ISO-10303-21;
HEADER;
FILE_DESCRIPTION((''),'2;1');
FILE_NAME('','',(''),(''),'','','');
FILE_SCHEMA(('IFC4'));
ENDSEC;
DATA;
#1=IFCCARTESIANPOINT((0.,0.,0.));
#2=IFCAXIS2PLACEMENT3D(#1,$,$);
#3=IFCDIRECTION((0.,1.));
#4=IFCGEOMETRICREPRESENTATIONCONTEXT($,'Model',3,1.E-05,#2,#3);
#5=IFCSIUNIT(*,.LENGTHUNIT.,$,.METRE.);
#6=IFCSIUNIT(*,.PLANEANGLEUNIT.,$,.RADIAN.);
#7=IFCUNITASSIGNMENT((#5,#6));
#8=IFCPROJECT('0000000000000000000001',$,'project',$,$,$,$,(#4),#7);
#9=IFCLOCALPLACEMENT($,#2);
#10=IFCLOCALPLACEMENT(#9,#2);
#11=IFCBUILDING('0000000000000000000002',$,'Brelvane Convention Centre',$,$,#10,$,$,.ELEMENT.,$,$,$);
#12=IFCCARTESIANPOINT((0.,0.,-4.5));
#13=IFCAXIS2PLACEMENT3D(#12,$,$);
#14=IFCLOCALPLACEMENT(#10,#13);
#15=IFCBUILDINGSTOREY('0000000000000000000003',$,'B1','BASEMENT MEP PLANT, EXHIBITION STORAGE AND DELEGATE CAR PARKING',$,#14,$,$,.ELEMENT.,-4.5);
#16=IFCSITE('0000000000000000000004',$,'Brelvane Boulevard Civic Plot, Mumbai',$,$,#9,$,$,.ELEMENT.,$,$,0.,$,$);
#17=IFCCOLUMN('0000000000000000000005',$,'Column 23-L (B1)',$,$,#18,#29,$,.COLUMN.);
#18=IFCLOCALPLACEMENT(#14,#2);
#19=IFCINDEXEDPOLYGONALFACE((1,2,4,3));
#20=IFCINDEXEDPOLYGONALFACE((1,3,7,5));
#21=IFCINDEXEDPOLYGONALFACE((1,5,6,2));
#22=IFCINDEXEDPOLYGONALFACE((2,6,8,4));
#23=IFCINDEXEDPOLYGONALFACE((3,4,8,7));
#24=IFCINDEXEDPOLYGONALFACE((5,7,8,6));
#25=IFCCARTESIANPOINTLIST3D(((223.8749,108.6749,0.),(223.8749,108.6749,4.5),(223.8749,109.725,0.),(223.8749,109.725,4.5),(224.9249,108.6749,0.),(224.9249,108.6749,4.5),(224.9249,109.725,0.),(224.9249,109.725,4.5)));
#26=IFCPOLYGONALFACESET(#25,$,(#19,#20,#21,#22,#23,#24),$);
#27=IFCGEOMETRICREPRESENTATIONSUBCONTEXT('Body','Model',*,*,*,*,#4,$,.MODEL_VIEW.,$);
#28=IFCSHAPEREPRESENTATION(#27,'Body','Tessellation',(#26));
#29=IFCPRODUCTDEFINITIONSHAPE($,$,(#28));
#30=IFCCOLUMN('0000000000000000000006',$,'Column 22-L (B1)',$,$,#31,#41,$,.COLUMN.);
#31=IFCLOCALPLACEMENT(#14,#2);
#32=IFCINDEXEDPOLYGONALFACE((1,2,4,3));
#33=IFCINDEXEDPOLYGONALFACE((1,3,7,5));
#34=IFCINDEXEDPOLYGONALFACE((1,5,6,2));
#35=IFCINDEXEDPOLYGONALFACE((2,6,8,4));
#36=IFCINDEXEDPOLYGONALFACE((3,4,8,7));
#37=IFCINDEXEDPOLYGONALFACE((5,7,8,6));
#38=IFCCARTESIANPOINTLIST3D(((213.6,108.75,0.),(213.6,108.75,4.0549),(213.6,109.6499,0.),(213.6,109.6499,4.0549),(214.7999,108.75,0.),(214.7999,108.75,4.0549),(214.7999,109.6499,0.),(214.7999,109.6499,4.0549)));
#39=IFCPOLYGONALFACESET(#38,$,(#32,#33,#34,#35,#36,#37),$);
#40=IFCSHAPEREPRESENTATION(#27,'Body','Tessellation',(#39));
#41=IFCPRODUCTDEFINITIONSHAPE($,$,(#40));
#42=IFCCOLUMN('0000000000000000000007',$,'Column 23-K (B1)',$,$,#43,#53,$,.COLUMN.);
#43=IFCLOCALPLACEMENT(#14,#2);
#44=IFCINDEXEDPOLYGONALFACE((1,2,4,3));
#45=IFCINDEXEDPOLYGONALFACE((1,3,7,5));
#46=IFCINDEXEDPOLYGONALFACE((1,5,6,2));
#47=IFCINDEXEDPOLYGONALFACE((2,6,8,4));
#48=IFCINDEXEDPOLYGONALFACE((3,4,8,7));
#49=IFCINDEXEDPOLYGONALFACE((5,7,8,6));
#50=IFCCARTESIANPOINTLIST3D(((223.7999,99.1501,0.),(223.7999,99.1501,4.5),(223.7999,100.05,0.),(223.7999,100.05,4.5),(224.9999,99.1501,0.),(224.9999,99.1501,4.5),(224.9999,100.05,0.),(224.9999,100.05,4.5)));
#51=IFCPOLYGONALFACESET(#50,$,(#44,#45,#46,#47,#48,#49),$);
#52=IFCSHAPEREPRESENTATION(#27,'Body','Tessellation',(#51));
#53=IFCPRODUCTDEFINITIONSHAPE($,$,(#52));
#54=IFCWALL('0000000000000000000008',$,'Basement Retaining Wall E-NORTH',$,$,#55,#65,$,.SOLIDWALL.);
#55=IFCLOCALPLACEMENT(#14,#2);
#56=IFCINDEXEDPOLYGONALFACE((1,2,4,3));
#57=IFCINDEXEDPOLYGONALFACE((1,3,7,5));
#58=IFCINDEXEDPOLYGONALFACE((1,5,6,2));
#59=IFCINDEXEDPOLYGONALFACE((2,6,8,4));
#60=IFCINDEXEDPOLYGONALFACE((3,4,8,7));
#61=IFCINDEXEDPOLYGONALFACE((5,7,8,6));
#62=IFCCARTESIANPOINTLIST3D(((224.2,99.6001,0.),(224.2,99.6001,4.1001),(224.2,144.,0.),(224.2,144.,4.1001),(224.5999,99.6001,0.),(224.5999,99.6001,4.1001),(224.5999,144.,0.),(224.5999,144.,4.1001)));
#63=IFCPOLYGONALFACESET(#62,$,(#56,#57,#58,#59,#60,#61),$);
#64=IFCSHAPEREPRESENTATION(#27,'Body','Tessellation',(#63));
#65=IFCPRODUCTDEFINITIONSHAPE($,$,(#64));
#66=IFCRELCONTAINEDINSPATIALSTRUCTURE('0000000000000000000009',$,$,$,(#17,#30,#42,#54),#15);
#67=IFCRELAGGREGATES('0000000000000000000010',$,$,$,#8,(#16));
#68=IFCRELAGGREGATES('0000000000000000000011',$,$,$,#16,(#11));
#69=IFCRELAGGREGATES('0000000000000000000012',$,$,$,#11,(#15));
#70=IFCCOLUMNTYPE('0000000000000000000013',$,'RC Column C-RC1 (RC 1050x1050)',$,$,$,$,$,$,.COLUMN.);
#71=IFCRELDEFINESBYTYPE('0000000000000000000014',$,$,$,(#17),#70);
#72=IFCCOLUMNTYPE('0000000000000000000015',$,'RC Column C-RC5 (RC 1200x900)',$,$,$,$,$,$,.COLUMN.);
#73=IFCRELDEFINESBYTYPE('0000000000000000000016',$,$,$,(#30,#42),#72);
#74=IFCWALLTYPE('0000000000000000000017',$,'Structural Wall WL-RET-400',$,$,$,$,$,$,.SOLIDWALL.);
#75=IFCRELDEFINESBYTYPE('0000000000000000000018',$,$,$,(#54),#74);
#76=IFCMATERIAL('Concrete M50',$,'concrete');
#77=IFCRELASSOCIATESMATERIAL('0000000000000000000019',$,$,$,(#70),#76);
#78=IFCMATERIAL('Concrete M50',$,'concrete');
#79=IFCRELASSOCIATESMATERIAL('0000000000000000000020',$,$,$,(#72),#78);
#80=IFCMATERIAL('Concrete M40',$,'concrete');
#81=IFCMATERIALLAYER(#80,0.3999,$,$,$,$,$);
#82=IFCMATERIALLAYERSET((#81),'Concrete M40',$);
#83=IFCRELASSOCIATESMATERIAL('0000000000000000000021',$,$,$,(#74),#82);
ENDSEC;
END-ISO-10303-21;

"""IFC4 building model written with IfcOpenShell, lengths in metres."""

from ifc_helpers import new_model, si_unit, direction, frame, frame_2d, origin, origin_2d, place, context, subcontext, project, spatial, rectangle, extrude, material, layer, layer_set, material_profile, profile_set, type_object, element, save


model = new_model("IFC4")

# Units and contexts
model_context = context("Model", 3, precision=1e-05, world=origin(), true_north=direction((0.0, 1.0)))
body_context = subcontext(model_context, "Body", "Model", "MODEL_VIEW")
ifc_project = project(units=[si_unit("LENGTHUNIT", "METRE"), si_unit("PLANEANGLEUNIT", "RADIAN")], contexts=[model_context])

# Site, building, storey
site_placement = place(None, origin())
site = spatial("IfcSite", under=ifc_project, at=site_placement, Name="Brelvane Boulevard Civic Plot, Mumbai", CompositionType="ELEMENT", RefElevation=0.0)
building_placement = place(site_placement, origin())
building = spatial("IfcBuilding", under=site, at=building_placement, Name="Brelvane Convention Centre", CompositionType="ELEMENT")
storey_placement = place(building_placement, frame((0.0, 0.0, -4.5)))
storey = spatial("IfcBuildingStorey", under=building, at=storey_placement, Name="B1", Description="BASEMENT MEP PLANT, EXHIBITION STORAGE AND DELEGATE CAR PARKING", CompositionType="ELEMENT", Elevation=-4.5)

# Columns
ifc_material_1 = material(Name="Concrete M50", Category="concrete")
ifc_material_profile_1 = material_profile(ifc_material_1, rectangle(XDim=1.05, YDim=1.05, at=origin_2d()), Name="RC 1050x1050")
ifc_profile_set_1 = profile_set([ifc_material_profile_1], Name="Concrete M50")
column_type_1 = type_object("IfcColumnType", Name="RC Column C-RC1 (RC 1050x1050)", PredefinedType="COLUMN", material=ifc_profile_set_1)
column_1_placement = place(storey_placement, frame((224.3999, 109.2, 0.0), z_axis=(0.0, 0.0, 1.0), x_axis=(1.0, 0.0, 0.0)))
element("IfcColumn", 1, at=column_1_placement, inside=storey, type_object=column_type_1, Name="Column 23-L (B1)", PredefinedType="COLUMN", context=body_context, shape_type="SweptSolid", body=[
    extrude(rectangle(XDim=1.05, YDim=1.05, at=origin_2d()), origin(), (0.0, 0.0, 1.0), 4.5),
])
ifc_material_2 = material(Name="Concrete M50", Category="concrete")
ifc_material_profile_2 = material_profile(ifc_material_2, rectangle(XDim=1.2, YDim=0.8999, at=origin_2d()), Name="RC 1200x900")
ifc_profile_set_2 = profile_set([ifc_material_profile_2], Name="Concrete M50")
column_type_2 = type_object("IfcColumnType", Name="RC Column C-RC5 (RC 1200x900)", PredefinedType="COLUMN", material=ifc_profile_set_2)
column_2_placement = place(storey_placement, frame((214.2, 109.2, 0.0), z_axis=(0.0, 0.0, 1.0), x_axis=(1.0, 0.0, 0.0)))
element("IfcColumn", 2, at=column_2_placement, inside=storey, type_object=column_type_2, Name="Column 22-L (B1)", PredefinedType="COLUMN", context=body_context, shape_type="SweptSolid", body=[
    extrude(rectangle(XDim=1.2, YDim=0.8999, at=origin_2d()), origin(), (0.0, 0.0, 1.0), 4.0549),
])
column_3_placement = place(storey_placement, frame((224.3999, 99.6001, 0.0), z_axis=(0.0, 0.0, 1.0), x_axis=(1.0, 0.0, 0.0)))
element("IfcColumn", 3, at=column_3_placement, inside=storey, type_object=column_type_2, Name="Column 23-K (B1)", PredefinedType="COLUMN", context=body_context, shape_type="SweptSolid", body=[
    extrude(rectangle(XDim=1.2, YDim=0.8999, at=origin_2d()), origin(), (0.0, 0.0, 1.0), 4.5),
])

# Wall
ifc_material_3 = material(Name="Concrete M40", Category="concrete")
ifc_layer = layer(ifc_material_3, 0.3999)
ifc_layer_set = layer_set([ifc_layer], Name="Concrete M40")
wall_type = type_object("IfcWallType", Name="Structural Wall WL-RET-400", PredefinedType="SOLIDWALL", material=ifc_layer_set)
wall_placement = place(storey_placement, frame((224.3999, 99.6001, 0.0), z_axis=(0.0, 0.0, 1.0), x_axis=(0.0, 1.0, 0.0)))
element("IfcWall", 4, at=wall_placement, inside=storey, type_object=wall_type, Name="Basement Retaining Wall E-NORTH", PredefinedType="SOLIDWALL", context=body_context, shape_type="SweptSolid", body=[
    extrude(rectangle(XDim=44.3999, YDim=0.3999, at=frame_2d((22.2, 0.0))), origin(), (0.0, 0.0, 1.0), 4.1001),
])

save(model, "model.ifc")
